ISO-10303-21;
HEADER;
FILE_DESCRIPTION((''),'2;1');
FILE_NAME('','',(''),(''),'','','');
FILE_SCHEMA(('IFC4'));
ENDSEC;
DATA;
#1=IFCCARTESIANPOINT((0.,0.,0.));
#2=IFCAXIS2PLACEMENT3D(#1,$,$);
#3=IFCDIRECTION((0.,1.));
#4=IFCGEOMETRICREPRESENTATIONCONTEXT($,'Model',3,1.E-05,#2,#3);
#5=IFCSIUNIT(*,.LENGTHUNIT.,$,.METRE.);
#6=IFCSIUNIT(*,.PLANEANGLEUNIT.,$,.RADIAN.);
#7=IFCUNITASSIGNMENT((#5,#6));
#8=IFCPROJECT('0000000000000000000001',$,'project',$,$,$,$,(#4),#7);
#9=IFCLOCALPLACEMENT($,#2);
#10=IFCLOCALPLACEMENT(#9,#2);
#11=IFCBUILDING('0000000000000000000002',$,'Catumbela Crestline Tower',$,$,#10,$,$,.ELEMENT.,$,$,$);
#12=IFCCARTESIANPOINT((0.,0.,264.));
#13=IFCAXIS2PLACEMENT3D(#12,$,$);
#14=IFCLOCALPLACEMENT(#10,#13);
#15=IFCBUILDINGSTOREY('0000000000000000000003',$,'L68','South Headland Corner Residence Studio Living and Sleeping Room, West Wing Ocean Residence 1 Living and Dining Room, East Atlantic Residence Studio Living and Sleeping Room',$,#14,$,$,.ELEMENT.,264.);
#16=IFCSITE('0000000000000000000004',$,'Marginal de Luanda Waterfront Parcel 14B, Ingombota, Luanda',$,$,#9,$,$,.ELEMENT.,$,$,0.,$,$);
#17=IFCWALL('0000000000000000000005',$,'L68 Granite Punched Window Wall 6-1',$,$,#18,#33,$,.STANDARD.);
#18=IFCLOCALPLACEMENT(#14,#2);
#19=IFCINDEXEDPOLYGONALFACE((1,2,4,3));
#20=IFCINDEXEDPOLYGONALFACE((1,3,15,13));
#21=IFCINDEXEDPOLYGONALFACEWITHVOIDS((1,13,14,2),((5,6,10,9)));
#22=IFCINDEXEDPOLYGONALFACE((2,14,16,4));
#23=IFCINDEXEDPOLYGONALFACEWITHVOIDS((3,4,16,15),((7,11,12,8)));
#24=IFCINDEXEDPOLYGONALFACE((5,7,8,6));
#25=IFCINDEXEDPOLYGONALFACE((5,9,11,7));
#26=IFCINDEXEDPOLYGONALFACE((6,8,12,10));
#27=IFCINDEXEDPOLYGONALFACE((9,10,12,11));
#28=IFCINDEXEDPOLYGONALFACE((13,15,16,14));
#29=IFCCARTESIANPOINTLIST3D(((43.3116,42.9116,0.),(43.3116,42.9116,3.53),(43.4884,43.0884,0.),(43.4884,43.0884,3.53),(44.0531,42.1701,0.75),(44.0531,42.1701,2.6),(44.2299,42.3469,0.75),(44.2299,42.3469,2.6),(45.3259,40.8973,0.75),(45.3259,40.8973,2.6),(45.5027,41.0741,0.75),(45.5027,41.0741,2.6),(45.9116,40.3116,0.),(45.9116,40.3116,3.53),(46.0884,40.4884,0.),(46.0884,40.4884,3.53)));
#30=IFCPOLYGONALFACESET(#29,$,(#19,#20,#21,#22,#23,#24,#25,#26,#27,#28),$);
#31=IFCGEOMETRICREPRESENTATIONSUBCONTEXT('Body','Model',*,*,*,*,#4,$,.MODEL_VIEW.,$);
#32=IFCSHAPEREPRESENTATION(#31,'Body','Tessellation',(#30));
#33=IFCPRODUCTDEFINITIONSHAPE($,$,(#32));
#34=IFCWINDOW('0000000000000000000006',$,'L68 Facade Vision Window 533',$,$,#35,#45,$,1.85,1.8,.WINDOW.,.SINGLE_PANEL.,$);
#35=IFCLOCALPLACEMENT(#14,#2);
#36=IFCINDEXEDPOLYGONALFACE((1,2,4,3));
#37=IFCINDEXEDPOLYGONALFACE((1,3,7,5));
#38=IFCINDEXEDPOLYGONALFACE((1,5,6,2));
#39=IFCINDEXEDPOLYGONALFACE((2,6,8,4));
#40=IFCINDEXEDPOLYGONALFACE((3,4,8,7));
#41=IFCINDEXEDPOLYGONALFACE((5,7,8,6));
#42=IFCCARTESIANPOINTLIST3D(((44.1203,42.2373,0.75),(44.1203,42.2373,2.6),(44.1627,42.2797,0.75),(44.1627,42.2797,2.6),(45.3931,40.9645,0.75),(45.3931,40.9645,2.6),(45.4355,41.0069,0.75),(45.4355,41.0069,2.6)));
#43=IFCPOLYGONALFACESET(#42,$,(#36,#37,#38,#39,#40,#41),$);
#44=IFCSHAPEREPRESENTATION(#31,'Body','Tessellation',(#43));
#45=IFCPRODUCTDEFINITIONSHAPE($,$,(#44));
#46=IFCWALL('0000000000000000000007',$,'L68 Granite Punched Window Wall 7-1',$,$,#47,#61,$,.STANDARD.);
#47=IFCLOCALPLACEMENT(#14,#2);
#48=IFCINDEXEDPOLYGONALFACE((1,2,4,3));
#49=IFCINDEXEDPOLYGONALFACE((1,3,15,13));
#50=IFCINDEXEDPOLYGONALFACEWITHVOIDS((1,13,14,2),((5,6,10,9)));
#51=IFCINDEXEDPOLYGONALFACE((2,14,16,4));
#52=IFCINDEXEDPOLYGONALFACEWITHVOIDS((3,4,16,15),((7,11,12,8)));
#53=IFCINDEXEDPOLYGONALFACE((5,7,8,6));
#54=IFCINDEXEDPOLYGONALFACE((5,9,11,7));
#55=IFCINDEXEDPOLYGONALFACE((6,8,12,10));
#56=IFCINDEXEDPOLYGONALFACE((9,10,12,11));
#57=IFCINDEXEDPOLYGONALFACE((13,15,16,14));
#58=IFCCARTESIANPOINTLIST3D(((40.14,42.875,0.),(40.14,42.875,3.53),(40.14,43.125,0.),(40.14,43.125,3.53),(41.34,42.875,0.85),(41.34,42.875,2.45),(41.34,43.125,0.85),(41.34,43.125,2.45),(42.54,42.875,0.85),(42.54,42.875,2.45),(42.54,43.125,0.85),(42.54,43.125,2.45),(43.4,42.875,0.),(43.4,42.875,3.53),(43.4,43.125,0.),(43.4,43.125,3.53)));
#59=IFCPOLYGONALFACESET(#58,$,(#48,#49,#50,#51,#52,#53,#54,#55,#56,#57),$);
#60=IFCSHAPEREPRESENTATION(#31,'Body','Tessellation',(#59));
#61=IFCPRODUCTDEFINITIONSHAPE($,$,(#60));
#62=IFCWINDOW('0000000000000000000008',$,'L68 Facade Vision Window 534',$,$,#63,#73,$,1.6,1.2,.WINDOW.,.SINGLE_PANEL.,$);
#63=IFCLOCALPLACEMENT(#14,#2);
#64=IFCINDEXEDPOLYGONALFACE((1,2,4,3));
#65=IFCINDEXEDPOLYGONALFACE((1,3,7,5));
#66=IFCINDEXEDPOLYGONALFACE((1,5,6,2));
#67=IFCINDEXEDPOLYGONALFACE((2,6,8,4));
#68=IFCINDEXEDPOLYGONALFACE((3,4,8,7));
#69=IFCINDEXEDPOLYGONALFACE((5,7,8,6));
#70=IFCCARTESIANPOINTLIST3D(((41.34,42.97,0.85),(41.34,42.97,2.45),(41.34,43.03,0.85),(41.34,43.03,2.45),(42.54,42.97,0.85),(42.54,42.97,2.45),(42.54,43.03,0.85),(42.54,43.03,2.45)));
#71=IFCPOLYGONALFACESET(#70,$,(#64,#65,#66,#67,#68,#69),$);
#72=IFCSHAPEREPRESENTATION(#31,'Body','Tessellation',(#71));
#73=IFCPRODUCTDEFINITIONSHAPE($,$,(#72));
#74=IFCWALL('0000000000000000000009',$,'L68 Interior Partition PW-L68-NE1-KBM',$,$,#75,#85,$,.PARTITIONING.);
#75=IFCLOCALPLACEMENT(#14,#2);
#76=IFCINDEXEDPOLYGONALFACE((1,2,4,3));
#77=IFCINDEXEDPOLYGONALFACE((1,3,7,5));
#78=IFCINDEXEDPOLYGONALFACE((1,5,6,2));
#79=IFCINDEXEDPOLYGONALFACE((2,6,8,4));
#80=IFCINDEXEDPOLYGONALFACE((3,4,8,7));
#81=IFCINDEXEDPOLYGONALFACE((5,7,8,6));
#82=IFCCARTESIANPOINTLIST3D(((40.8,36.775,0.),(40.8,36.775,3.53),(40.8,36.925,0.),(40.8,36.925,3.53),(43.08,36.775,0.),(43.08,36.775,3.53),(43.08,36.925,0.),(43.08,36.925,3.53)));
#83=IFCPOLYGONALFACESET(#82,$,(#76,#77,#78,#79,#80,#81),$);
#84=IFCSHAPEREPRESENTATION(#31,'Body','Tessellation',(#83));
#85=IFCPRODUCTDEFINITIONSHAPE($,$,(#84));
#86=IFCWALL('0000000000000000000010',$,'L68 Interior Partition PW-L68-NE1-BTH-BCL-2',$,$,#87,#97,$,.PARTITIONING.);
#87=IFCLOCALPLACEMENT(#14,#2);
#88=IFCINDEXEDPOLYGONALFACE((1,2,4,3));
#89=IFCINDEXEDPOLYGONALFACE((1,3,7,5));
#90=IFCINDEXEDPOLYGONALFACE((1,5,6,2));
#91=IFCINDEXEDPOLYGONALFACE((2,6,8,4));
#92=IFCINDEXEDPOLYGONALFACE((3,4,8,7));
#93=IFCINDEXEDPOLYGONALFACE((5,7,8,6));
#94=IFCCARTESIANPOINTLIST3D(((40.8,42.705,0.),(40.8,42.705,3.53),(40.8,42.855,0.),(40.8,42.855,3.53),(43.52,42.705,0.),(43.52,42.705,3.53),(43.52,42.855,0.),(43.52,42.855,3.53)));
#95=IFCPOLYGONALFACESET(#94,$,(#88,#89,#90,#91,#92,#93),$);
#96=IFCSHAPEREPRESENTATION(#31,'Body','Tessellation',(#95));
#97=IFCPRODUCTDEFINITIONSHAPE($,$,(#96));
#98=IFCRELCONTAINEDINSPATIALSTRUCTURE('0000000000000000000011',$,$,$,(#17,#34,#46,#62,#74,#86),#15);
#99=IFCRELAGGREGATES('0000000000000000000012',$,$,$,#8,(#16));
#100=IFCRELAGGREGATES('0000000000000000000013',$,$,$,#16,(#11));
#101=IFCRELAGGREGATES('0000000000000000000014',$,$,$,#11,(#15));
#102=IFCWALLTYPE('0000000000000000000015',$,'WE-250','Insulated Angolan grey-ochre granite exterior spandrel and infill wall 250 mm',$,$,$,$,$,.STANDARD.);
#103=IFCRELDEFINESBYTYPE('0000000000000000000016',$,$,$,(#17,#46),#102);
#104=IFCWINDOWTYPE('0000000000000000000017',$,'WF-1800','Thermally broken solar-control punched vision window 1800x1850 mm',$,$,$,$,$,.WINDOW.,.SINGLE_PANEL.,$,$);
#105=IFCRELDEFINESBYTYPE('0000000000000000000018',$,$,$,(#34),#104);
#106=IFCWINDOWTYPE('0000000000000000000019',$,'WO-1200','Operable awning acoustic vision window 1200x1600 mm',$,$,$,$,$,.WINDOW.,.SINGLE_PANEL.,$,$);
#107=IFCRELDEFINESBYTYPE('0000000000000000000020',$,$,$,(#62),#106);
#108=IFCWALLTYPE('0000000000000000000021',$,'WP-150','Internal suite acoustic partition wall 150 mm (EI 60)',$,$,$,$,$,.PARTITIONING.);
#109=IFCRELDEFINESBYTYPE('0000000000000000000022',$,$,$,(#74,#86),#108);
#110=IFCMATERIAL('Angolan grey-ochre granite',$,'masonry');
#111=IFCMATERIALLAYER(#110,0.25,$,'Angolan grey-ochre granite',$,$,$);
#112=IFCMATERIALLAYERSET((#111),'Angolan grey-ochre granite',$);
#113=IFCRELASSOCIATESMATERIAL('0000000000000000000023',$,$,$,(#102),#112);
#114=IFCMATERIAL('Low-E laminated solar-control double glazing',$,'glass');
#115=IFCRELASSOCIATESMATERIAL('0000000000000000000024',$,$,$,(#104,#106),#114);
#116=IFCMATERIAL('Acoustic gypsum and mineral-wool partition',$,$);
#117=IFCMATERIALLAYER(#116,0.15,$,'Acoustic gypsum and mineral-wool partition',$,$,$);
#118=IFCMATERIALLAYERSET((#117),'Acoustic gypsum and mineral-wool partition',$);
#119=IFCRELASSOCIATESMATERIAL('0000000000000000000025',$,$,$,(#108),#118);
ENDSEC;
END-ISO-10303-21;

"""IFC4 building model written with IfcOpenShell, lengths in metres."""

from ifc_helpers import new_model, si_unit, direction, frame, frame_2d, origin, place, context, subcontext, project, spatial, rectangle, extrude, material, layer, layer_set, type_object, element, fill, save


model = new_model("IFC4")

# Units and contexts
model_context = context("Model", 3, precision=1e-05, world=origin(), true_north=direction((0.0, 1.0)))
body_context = subcontext(model_context, "Body", "Model", "MODEL_VIEW")
ifc_project = project(units=[si_unit("LENGTHUNIT", "METRE"), si_unit("PLANEANGLEUNIT", "RADIAN")], contexts=[model_context])

# Site, building, storey
site_placement = place(None, origin())
site = spatial("IfcSite", under=ifc_project, at=site_placement, Name="Marginal de Luanda Waterfront Parcel 14B, Ingombota, Luanda", CompositionType="ELEMENT", RefElevation=0.0)
building_placement = place(site_placement, origin())
building = spatial("IfcBuilding", under=site, at=building_placement, Name="Catumbela Crestline Tower", CompositionType="ELEMENT")
storey_placement = place(building_placement, frame((0.0, 0.0, 264.0)))
storey = spatial("IfcBuildingStorey", under=building, at=storey_placement, Name="L68", Description="South Headland Corner Residence Studio Living and Sleeping Room, West Wing Ocean Residence 1 Living and Dining Room, East Atlantic Residence Studio Living and Sleeping Room", CompositionType="ELEMENT", Elevation=264.0)

# Shared definitions
ifc_material_1 = material(Name="Low-E laminated solar-control double glazing", Category="glass")

# Walls, openings, windows
ifc_material_2 = material(Name="Angolan grey-ochre granite", Category="masonry")
ifc_layer_1 = layer(ifc_material_2, 0.25, Name="Angolan grey-ochre granite")
ifc_layer_set_1 = layer_set([ifc_layer_1], Name="Angolan grey-ochre granite")
wall_type_1 = type_object("IfcWallType", Name="WE-250", Description="Insulated Angolan grey-ochre granite exterior spandrel and infill wall 250 mm", PredefinedType="STANDARD", material=ifc_layer_set_1)
wall_1_placement = place(storey_placement, frame((46.0, 40.4, 0.0), z_axis=(0.0, 0.0, 1.0), x_axis=(-0.707107, 0.707107, 0.0)))
wall_1 = element("IfcWall", 1, at=wall_1_placement, inside=storey, type_object=wall_type_1, Name="L68 Granite Punched Window Wall 6-1", PredefinedType="STANDARD", context=body_context, shape_type="SweptSolid", body=[
    extrude(rectangle(XDim=3.677, YDim=0.25, at=frame_2d((1.8385, 0.0))), origin(), (0.0, 0.0, 1.0), 3.53),
])
opening_1_placement = place(wall_1_placement, frame((0.8283, 0.0, 0.75)))
opening_1 = element("IfcOpeningElement", 2, at=opening_1_placement, cuts=wall_1, PredefinedType="OPENING", context=body_context, shape_type="SweptSolid", body=[
    extrude(rectangle(XDim=1.8, YDim=1.85, at=frame_2d((0.9, 0.925))), frame((0.0, 0.135, 0.0), z_axis=(0.0, -1.0, 0.0), x_axis=(1.0, 0.0, 0.0)), (0.0, 0.0, 1.0), 0.27),
])
window_type_1 = type_object("IfcWindowType", Name="WF-1800", Description="Thermally broken solar-control punched vision window 1800x1850 mm", PartitioningType="SINGLE_PANEL", PredefinedType="WINDOW", material=ifc_material_1)
window_1_placement = place(opening_1_placement, origin())
window_1 = element("IfcWindow", 3, at=window_1_placement, inside=storey, type_object=window_type_1, Name="L68 Facade Vision Window 533", OverallHeight=1.85, OverallWidth=1.8, PartitioningType="SINGLE_PANEL", PredefinedType="WINDOW", context=body_context, shape_type="SweptSolid", body=[
    extrude(rectangle(XDim=1.8, YDim=1.85, at=frame_2d((0.9, 0.925))), frame((0.0, 0.03, 0.0), z_axis=(0.0, -1.0, 0.0), x_axis=(1.0, 0.0, 0.0)), (0.0, 0.0, 1.0), 0.06),
])
fill(opening_1, window_1)
wall_2_placement = place(storey_placement, frame((43.4, 43.0, 0.0), z_axis=(0.0, 0.0, 1.0), x_axis=(-1.0, 0.0, 0.0)))
wall_2 = element("IfcWall", 4, at=wall_2_placement, inside=storey, type_object=wall_type_1, Name="L68 Granite Punched Window Wall 7-1", PredefinedType="STANDARD", context=body_context, shape_type="SweptSolid", body=[
    extrude(rectangle(XDim=3.26, YDim=0.25, at=frame_2d((1.63, 0.0))), origin(), (0.0, 0.0, 1.0), 3.53),
])
opening_2_placement = place(wall_2_placement, frame((0.86, 0.0, 0.85)))
opening_2 = element("IfcOpeningElement", 5, at=opening_2_placement, cuts=wall_2, PredefinedType="OPENING", context=body_context, shape_type="SweptSolid", body=[
    extrude(rectangle(XDim=1.2, YDim=1.6, at=frame_2d((0.6, 0.8))), frame((0.0, 0.135, 0.0), z_axis=(0.0, -1.0, 0.0), x_axis=(1.0, 0.0, 0.0)), (0.0, 0.0, 1.0), 0.27),
])
window_type_2 = type_object("IfcWindowType", Name="WO-1200", Description="Operable awning acoustic vision window 1200x1600 mm", PartitioningType="SINGLE_PANEL", PredefinedType="WINDOW", material=ifc_material_1)
window_2_placement = place(opening_2_placement, origin())
window_2 = element("IfcWindow", 6, at=window_2_placement, inside=storey, type_object=window_type_2, Name="L68 Facade Vision Window 534", OverallHeight=1.6, OverallWidth=1.2, PartitioningType="SINGLE_PANEL", PredefinedType="WINDOW", context=body_context, shape_type="SweptSolid", body=[
    extrude(rectangle(XDim=1.2, YDim=1.6, at=frame_2d((0.6, 0.8))), frame((0.0, 0.03, 0.0), z_axis=(0.0, -1.0, 0.0), x_axis=(1.0, 0.0, 0.0)), (0.0, 0.0, 1.0), 0.06),
])
fill(opening_2, window_2)

# Walls
ifc_material_3 = material(Name="Acoustic gypsum and mineral-wool partition")
ifc_layer_2 = layer(ifc_material_3, 0.15, Name="Acoustic gypsum and mineral-wool partition")
ifc_layer_set_2 = layer_set([ifc_layer_2], Name="Acoustic gypsum and mineral-wool partition")
wall_type_2 = type_object("IfcWallType", Name="WP-150", Description="Internal suite acoustic partition wall 150 mm (EI 60)", PredefinedType="PARTITIONING", material=ifc_layer_set_2)
wall_3_placement = place(storey_placement, frame((40.8, 36.85, 0.0), z_axis=(0.0, 0.0, 1.0), x_axis=(1.0, 0.0, 0.0)))
element("IfcWall", 7, at=wall_3_placement, inside=storey, type_object=wall_type_2, Name="L68 Interior Partition PW-L68-NE1-KBM", PredefinedType="PARTITIONING", context=body_context, shape_type="SweptSolid", body=[
    extrude(rectangle(XDim=2.28, YDim=0.15, at=frame_2d((1.14, 0.0))), origin(), (0.0, 0.0, 1.0), 3.53),
])
wall_4_placement = place(storey_placement, frame((40.8, 42.78, 0.0), z_axis=(0.0, 0.0, 1.0), x_axis=(1.0, 0.0, 0.0)))
element("IfcWall", 8, at=wall_4_placement, inside=storey, type_object=wall_type_2, Name="L68 Interior Partition PW-L68-NE1-BTH-BCL-2", PredefinedType="PARTITIONING", context=body_context, shape_type="SweptSolid", body=[
    extrude(rectangle(XDim=2.72, YDim=0.15, at=frame_2d((1.36, 0.0))), origin(), (0.0, 0.0, 1.0), 3.53),
])

save(model, "model.ifc")
